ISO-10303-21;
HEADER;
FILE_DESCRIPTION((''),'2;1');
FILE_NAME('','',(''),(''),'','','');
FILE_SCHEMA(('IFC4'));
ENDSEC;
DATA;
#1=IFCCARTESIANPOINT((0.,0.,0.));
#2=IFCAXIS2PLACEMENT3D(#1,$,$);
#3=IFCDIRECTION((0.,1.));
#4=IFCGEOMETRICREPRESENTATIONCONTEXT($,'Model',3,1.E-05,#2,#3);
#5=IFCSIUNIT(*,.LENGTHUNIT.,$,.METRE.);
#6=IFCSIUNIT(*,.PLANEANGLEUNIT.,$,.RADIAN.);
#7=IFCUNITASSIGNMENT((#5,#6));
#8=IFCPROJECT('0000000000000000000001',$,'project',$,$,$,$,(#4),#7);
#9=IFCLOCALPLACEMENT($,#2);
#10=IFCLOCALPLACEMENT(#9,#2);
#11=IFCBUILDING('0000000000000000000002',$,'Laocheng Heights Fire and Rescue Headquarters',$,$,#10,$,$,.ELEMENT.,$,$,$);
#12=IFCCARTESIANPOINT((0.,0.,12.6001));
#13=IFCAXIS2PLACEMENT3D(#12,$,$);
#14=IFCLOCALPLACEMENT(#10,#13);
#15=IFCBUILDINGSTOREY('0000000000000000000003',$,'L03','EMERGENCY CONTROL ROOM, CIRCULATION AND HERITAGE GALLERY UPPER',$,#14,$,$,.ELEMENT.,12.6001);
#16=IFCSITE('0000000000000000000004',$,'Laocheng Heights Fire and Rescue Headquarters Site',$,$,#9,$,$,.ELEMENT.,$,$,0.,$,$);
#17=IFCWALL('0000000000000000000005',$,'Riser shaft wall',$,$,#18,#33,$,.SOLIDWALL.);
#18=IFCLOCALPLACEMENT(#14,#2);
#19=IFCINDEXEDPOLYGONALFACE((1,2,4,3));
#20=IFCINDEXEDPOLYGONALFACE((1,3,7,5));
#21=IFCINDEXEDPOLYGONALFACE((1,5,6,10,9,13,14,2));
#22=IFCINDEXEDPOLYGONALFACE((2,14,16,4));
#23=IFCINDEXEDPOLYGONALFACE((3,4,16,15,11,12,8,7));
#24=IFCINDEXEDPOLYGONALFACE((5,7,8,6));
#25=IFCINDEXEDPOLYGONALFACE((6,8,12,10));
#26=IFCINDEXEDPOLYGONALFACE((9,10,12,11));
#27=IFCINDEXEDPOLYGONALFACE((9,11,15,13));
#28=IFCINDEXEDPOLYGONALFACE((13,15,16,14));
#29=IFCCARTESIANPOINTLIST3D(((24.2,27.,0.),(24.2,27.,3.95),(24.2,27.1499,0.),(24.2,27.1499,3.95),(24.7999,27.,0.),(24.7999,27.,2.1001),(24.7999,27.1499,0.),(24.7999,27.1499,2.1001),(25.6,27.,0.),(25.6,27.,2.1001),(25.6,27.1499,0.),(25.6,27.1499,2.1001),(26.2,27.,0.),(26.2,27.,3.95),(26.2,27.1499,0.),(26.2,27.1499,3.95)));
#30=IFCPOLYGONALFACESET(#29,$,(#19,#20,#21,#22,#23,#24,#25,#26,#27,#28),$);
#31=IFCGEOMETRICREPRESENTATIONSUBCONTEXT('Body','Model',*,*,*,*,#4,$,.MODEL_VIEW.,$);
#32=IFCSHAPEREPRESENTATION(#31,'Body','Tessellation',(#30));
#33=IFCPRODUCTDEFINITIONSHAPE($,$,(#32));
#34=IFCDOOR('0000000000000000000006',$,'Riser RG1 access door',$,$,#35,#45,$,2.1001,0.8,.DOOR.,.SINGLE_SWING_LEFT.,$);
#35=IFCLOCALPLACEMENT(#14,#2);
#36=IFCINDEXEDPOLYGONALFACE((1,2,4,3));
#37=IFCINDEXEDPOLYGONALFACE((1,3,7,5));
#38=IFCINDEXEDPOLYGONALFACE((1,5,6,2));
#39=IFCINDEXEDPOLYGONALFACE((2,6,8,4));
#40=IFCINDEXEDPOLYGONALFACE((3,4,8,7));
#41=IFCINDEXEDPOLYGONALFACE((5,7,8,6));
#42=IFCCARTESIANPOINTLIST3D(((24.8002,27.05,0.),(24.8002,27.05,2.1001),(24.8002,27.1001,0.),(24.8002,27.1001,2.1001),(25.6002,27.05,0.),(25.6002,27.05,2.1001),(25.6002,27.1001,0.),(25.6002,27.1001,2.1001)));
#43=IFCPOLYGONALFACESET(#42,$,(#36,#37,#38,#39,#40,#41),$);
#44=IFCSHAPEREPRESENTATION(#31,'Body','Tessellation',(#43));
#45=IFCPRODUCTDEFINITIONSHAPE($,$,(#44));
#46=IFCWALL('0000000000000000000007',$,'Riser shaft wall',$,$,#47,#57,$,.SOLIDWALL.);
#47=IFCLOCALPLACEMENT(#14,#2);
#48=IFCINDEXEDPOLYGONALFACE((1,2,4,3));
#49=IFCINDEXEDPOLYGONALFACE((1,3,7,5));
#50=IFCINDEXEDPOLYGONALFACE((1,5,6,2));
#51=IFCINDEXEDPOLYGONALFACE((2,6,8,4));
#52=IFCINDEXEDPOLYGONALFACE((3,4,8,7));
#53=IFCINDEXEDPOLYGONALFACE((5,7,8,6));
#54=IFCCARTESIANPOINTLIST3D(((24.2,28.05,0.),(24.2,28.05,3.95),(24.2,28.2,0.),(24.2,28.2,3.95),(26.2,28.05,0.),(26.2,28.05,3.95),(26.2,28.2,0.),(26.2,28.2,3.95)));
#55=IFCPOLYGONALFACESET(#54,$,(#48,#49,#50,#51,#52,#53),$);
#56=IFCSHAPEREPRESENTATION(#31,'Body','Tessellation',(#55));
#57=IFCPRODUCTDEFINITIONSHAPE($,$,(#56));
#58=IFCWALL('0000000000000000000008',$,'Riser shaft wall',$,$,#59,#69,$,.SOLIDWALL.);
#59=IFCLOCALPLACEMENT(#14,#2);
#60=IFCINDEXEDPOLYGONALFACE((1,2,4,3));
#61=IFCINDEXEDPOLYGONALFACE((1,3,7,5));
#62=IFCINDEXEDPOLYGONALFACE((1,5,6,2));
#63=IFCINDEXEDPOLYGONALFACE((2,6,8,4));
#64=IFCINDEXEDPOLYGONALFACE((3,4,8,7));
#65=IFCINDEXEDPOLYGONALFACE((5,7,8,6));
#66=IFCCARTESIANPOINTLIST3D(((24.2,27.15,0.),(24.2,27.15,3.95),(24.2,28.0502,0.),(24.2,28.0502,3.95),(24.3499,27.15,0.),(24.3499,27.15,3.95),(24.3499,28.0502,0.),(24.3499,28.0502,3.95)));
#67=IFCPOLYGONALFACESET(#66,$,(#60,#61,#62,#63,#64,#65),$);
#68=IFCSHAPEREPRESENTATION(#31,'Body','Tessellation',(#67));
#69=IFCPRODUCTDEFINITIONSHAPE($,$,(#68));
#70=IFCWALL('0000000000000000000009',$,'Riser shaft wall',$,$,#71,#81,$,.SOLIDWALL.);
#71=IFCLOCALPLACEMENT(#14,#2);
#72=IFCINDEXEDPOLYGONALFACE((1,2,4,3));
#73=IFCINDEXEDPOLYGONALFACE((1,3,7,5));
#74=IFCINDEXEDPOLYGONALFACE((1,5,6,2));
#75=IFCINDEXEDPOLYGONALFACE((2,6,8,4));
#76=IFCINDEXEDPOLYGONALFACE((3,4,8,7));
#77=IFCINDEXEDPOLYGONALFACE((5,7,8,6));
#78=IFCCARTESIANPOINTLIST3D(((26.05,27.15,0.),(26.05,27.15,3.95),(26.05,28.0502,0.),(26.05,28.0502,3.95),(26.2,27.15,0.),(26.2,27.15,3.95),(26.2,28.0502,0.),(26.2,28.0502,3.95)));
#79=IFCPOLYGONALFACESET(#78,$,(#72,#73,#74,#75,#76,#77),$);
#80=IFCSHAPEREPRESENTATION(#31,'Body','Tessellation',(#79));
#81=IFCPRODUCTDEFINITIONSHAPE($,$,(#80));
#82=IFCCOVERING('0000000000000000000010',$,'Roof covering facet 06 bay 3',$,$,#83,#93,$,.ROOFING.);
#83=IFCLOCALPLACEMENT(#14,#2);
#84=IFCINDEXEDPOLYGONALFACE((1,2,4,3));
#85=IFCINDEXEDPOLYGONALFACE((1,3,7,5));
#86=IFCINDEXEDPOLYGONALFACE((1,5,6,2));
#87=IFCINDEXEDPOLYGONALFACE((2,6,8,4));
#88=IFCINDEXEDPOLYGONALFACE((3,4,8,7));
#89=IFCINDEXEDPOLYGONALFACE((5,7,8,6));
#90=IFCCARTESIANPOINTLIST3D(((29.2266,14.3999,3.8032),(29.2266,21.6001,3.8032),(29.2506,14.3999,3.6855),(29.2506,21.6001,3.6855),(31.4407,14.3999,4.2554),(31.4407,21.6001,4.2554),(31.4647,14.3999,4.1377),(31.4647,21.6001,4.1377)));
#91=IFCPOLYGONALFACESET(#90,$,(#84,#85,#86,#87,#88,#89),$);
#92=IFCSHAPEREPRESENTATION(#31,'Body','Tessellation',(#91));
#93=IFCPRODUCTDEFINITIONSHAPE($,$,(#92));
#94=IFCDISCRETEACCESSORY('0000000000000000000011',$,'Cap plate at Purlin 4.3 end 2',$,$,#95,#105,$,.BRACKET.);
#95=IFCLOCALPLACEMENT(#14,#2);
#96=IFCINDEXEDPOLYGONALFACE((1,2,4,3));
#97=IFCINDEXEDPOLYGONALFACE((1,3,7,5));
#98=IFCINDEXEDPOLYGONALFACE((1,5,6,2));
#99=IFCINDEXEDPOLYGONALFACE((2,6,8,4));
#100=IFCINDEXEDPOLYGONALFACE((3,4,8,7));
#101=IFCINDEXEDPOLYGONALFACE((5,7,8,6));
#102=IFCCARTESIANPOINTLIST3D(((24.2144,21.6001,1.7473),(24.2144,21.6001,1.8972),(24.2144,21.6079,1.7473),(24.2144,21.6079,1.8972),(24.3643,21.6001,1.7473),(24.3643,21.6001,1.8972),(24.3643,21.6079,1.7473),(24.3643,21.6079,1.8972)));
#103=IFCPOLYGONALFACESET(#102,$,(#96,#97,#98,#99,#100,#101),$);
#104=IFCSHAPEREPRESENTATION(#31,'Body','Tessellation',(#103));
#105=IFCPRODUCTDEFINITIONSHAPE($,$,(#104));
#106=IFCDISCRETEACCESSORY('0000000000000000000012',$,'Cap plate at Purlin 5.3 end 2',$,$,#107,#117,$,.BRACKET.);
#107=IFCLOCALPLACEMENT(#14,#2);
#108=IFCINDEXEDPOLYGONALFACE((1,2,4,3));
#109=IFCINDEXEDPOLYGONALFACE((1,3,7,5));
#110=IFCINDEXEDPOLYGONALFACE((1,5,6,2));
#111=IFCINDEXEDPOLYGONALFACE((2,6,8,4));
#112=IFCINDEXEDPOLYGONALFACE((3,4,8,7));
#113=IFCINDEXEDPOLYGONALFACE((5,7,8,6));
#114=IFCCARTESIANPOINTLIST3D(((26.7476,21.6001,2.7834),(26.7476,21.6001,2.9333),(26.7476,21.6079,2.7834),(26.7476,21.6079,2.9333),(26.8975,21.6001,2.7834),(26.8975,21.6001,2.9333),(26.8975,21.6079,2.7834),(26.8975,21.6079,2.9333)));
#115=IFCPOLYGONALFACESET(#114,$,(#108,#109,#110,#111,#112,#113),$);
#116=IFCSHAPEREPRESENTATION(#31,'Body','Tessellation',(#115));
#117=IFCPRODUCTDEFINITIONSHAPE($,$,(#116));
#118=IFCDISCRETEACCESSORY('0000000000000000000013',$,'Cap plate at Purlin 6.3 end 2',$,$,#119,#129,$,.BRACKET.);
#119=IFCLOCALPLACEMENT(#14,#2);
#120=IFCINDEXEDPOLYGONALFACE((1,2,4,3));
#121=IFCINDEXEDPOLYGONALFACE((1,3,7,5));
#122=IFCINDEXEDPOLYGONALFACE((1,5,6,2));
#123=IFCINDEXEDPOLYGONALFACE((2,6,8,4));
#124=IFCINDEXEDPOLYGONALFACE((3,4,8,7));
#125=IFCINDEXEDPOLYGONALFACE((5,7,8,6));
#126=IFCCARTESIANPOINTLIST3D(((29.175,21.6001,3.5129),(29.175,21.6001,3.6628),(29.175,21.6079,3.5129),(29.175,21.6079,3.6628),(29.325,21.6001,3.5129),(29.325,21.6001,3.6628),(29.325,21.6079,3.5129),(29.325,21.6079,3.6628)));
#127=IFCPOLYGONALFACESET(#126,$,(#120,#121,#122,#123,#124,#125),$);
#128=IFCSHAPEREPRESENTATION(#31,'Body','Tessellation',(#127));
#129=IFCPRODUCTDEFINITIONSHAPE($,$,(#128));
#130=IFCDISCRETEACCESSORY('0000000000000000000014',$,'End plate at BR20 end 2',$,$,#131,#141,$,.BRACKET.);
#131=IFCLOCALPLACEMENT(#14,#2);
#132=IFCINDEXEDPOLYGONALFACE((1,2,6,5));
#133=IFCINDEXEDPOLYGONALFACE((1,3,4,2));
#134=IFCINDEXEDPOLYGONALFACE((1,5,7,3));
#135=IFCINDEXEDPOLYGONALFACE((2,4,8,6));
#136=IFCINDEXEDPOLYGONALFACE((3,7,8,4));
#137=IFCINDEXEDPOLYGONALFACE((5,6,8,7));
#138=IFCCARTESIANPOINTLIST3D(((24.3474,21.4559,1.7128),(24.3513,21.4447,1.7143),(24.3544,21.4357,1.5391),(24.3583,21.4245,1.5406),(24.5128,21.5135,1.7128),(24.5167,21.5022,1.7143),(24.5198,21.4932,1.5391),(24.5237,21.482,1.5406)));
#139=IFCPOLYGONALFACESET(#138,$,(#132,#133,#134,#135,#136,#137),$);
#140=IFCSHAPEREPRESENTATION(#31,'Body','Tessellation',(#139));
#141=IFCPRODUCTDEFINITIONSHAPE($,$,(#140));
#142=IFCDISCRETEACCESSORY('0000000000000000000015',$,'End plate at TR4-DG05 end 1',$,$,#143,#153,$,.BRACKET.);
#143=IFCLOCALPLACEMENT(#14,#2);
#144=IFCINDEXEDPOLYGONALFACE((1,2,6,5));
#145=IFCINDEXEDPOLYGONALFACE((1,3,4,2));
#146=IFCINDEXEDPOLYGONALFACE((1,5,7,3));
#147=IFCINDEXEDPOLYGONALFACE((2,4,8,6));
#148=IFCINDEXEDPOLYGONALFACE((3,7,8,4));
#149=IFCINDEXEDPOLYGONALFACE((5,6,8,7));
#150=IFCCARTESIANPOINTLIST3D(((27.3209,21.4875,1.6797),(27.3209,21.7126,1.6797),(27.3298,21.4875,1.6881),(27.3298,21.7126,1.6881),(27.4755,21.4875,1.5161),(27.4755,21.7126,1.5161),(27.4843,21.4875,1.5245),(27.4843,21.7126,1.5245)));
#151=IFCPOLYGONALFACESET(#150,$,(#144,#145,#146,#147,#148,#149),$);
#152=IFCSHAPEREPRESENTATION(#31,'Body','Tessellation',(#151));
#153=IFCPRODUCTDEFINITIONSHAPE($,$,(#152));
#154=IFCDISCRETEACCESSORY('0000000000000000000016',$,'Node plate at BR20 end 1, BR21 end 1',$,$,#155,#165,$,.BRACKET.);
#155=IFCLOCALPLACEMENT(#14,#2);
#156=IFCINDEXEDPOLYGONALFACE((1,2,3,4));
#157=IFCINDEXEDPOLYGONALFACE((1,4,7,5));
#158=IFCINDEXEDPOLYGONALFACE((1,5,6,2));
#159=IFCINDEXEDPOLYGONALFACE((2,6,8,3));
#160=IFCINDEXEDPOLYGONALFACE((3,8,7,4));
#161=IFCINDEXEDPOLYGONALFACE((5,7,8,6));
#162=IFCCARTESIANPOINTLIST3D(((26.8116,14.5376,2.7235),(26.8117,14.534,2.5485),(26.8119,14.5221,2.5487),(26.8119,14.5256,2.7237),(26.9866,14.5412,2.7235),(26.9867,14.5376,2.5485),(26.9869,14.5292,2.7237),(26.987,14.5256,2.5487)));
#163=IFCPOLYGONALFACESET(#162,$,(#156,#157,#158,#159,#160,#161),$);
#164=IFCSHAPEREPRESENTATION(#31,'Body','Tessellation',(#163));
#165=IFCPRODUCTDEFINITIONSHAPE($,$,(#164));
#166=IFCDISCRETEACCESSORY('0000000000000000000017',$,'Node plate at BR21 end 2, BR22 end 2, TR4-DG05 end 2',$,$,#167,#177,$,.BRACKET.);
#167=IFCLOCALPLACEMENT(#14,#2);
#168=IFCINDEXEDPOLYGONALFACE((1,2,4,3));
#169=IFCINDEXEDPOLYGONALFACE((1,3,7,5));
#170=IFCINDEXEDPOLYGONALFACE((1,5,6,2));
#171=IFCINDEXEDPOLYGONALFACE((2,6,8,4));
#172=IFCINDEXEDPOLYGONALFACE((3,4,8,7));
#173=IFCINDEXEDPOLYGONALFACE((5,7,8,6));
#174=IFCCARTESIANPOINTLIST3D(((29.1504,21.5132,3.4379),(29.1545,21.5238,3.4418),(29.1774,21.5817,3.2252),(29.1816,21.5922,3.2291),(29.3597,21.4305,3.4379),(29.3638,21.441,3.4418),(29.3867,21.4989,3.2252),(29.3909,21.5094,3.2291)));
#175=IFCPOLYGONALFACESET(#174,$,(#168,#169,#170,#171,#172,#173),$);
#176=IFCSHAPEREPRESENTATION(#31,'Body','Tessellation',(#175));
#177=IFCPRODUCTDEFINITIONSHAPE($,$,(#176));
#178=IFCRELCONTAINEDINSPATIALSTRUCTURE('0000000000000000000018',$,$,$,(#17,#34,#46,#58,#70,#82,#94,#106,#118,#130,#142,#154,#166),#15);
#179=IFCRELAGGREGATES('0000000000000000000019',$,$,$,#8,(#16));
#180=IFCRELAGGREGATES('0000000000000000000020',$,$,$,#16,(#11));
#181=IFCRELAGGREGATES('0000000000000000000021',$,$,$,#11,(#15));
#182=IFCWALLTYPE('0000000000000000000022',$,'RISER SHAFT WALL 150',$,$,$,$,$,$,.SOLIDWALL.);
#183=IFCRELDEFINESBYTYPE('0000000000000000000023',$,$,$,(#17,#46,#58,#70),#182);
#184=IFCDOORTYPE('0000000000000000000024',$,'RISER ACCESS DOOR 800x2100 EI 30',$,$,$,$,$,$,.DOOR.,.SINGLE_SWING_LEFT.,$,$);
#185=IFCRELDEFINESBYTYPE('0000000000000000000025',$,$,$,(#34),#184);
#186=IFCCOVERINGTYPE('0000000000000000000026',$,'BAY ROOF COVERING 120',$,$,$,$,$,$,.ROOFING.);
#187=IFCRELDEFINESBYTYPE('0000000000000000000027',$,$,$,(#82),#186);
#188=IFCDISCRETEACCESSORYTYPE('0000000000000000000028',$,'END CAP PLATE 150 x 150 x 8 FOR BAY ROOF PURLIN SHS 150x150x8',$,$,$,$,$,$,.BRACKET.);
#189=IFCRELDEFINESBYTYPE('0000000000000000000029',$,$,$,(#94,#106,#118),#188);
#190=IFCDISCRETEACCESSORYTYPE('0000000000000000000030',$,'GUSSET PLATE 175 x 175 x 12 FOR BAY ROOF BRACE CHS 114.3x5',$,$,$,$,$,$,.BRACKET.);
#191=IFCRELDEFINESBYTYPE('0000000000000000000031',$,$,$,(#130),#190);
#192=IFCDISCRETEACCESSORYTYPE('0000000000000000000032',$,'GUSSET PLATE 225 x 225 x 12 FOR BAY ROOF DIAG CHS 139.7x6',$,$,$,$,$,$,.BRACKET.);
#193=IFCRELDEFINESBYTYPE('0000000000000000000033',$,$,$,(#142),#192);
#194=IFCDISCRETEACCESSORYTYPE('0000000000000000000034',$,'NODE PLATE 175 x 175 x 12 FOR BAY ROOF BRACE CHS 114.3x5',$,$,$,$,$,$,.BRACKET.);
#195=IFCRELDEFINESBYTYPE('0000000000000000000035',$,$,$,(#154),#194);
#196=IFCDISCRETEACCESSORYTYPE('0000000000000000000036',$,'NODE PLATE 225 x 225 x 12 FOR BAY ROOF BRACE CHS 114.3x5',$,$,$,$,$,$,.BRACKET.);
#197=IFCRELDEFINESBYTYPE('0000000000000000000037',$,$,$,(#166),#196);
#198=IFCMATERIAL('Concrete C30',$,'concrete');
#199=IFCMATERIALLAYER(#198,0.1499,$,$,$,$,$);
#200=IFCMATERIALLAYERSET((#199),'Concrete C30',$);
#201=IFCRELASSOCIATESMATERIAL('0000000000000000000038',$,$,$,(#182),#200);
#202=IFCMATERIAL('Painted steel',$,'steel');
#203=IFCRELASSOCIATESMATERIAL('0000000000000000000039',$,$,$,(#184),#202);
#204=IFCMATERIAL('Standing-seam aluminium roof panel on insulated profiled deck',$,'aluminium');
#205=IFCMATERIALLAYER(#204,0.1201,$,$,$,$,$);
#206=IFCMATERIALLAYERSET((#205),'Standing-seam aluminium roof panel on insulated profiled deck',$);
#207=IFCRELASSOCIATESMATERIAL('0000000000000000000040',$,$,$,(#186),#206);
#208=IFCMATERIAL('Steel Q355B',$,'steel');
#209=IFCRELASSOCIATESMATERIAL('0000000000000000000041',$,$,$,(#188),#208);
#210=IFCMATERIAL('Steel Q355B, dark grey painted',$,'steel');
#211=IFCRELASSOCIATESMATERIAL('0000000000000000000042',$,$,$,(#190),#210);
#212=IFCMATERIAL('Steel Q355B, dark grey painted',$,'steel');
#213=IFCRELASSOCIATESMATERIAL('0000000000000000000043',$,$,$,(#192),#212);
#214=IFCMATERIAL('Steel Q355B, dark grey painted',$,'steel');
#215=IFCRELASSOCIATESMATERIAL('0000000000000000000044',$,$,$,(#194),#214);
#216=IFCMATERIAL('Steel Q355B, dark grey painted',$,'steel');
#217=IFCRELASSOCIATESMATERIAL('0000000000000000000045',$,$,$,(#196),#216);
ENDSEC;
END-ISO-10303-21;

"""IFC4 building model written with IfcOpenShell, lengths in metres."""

from ifc_helpers import new_model, si_unit, direction, frame, frame_2d, origin, origin_2d, place, context, subcontext, project, spatial, polyline, rectangle, outline, extrude, material, layer, layer_set, material_profile, profile_set, type_object, element, fill, save


model = new_model("IFC4")

# Units and contexts
model_context = context("Model", 3, precision=1e-05, world=origin(), true_north=direction((0.0, 1.0)))
body_context = subcontext(model_context, "Body", "Model", "MODEL_VIEW")
ifc_project = project(units=[si_unit("LENGTHUNIT", "METRE"), si_unit("PLANEANGLEUNIT", "RADIAN")], contexts=[model_context])

# Site, building, storey
site_placement = place(None, origin())
site = spatial("IfcSite", under=ifc_project, at=site_placement, Name="Laocheng Heights Fire and Rescue Headquarters Site", CompositionType="ELEMENT", RefElevation=0.0)
building_placement = place(site_placement, origin())
building = spatial("IfcBuilding", under=site, at=building_placement, Name="Laocheng Heights Fire and Rescue Headquarters", CompositionType="ELEMENT")
storey_placement = place(building_placement, frame((0.0, 0.0, 12.6001)))
storey = spatial("IfcBuildingStorey", under=building, at=storey_placement, Name="L03", Description="EMERGENCY CONTROL ROOM, CIRCULATION AND HERITAGE GALLERY UPPER", CompositionType="ELEMENT", Elevation=12.6001)

# Wall, opening, door
ifc_material_1 = material(Name="Concrete C30", Category="concrete")
ifc_layer_1 = layer(ifc_material_1, 0.1499)
ifc_layer_set_1 = layer_set([ifc_layer_1], Name="Concrete C30")
wall_type_1 = type_object("IfcWallType", Name="RISER SHAFT WALL 150", PredefinedType="SOLIDWALL", material=ifc_layer_set_1)
wall_1_placement = place(storey_placement, frame((24.2, 27.075, 0.0), z_axis=(0.0, 0.0, 1.0), x_axis=(1.0, 0.0, 0.0)))
wall_1 = element("IfcWall", 1, at=wall_1_placement, inside=storey, type_object=wall_type_1, Name="Riser shaft wall", PredefinedType="SOLIDWALL", context=body_context, shape_type="SweptSolid", body=[
    extrude(rectangle(XDim=2.0, YDim=0.1499, at=frame_2d((1.0, 0.0))), origin(), (0.0, 0.0, 1.0), 3.95),
])
opening_1_placement = place(wall_1_placement, frame((0.6001, 0.0, 0.0)))
opening_1 = element("IfcOpeningElement", 2, at=opening_1_placement, cuts=wall_1, PredefinedType="OPENING", context=body_context, shape_type="SweptSolid", body=[
    extrude(rectangle(XDim=0.8, YDim=2.1001, at=frame_2d((0.3999, 1.05))), frame((0.0, 0.085, 0.0), z_axis=(0.0, -1.0, 0.0), x_axis=(1.0, 0.0, 0.0)), (0.0, 0.0, 1.0), 0.1699),
])
ifc_material_2 = material(Name="Painted steel", Category="steel")
door_type_1 = type_object("IfcDoorType", Name="RISER ACCESS DOOR 800x2100 EI 30", OperationType="SINGLE_SWING_LEFT", PredefinedType="DOOR", material=ifc_material_2)
door_1_placement = place(opening_1_placement, frame((0.8, 0.0, 0.0), z_axis=(0.0, 0.0, 1.0), x_axis=(-1.0, 0.0, 0.0)))
door_1 = element("IfcDoor", 3, at=door_1_placement, inside=storey, type_object=door_type_1, Name="Riser RG1 access door", OperationType="SINGLE_SWING_LEFT", OverallHeight=2.1001, OverallWidth=0.8, PredefinedType="DOOR", context=body_context, shape_type="SweptSolid", body=[
    extrude(rectangle(XDim=0.8, YDim=2.1001, at=frame_2d((0.3999, 1.05))), frame((0.0, 0.0249, 0.0), z_axis=(0.0, -1.0, 0.0), x_axis=(1.0, 0.0, 0.0)), (0.0, 0.0, 1.0), 0.05),
])
fill(opening_1, door_1)

# Walls
wall_2_placement = place(storey_placement, frame((24.2, 28.125, 0.0), z_axis=(0.0, 0.0, 1.0), x_axis=(1.0, 0.0, 0.0)))
element("IfcWall", 4, at=wall_2_placement, inside=storey, type_object=wall_type_1, Name="Riser shaft wall", PredefinedType="SOLIDWALL", context=body_context, shape_type="SweptSolid", body=[
    extrude(rectangle(XDim=2.0, YDim=0.1499, at=frame_2d((1.0, 0.0))), origin(), (0.0, 0.0, 1.0), 3.95),
])
for number, where, z_axis, x_axis, name in (
    (5, (24.2749, 27.1499, 0.0), (0.0, 0.0, 1.0), (0.0, 1.0, 0.0), "Riser shaft wall"),
    (6, (26.125, 27.1499, 0.0), (0.0, 0.0, 1.0), (0.0, 1.0, 0.0), "Riser shaft wall"),
):
    element("IfcWall", number, at=place(storey_placement, frame(where, z_axis=z_axis, x_axis=x_axis)), inside=storey, type_object=wall_type_1, Name=name, PredefinedType="SOLIDWALL", context=body_context, shape_type="SweptSolid", body=[
        extrude(rectangle(XDim=0.9001, YDim=0.1499, at=frame_2d((0.4502, 0.0))), origin(), (0.0, 0.0, 1.0), 3.95),
    ])

# Covering
ifc_material_3 = material(Name="Standing-seam aluminium roof panel on insulated profiled deck", Category="aluminium")
ifc_layer_2 = layer(ifc_material_3, 0.1201)
ifc_layer_set_2 = layer_set([ifc_layer_2], Name="Standing-seam aluminium roof panel on insulated profiled deck")
covering_type = type_object("IfcCoveringType", Name="BAY ROOF COVERING 120", PredefinedType="ROOFING", material=ifc_layer_set_2)
covering_placement = place(storey_placement, frame((29.2266, 14.3999, 3.8032), z_axis=(-0.200083, 0.0, 0.979779), x_axis=(0.979779, 0.0, 0.200083)))
element("IfcCovering", 7, at=covering_placement, inside=storey, type_object=covering_type, Name="Roof covering facet 06 bay 3", PredefinedType="ROOFING", context=body_context, shape_type="SweptSolid", body=[
    extrude(outline(polyline([(0.0, 0.0), (2.2598, 0.0), (2.2598, 7.2002), (0.0, 7.2002), (0.0, 0.0)])), origin(), (0.0, 0.0, -1.0), 0.1201),
])

# Discrete accessories
ifc_material_4 = material(Name="Steel Q355B", Category="steel")
ifc_material_profile_1 = material_profile(ifc_material_4, rectangle(XDim=0.1499, YDim=0.1499, at=origin_2d()), Name="END CAP PLATE 150 x 150 x 8 FOR BAY ROOF PURLIN SHS 150x150x8")
ifc_profile_set_1 = profile_set([ifc_material_profile_1], Name="Steel Q355B")
discrete_accessory_type_1 = type_object("IfcDiscreteAccessoryType", Name="END CAP PLATE 150 x 150 x 8 FOR BAY ROOF PURLIN SHS 150x150x8", PredefinedType="BRACKET", material=ifc_profile_set_1)
for number, where, z_axis, x_axis, name in (
    (8, (24.2893, 21.6001, 1.8223), (0.0, 1.0, 0.0), (-1.0, 0.0, 0.0), "Cap plate at Purlin 4.3 end 2"),
    (9, (26.8225, 21.6001, 2.8584), (0.0, 1.0, 0.0), (-1.0, 0.0, 0.0), "Cap plate at Purlin 5.3 end 2"),
    (10, (29.25, 21.6001, 3.5879), (0.0, 1.0, 0.0), (-1.0, 0.0, 0.0), "Cap plate at Purlin 6.3 end 2"),
):
    element("IfcDiscreteAccessory", number, at=place(storey_placement, frame(where, z_axis=z_axis, x_axis=x_axis)), inside=storey, type_object=discrete_accessory_type_1, Name=name, PredefinedType="BRACKET", context=body_context, shape_type="SweptSolid", body=[
        extrude(rectangle(XDim=0.1499, YDim=0.1499, at=origin_2d()), origin(), (0.0, 0.0, 1.0), 0.0078),
    ])
ifc_material_5 = material(Name="Steel Q355B, dark grey painted", Category="steel")
ifc_material_profile_2 = material_profile(ifc_material_5, rectangle(XDim=0.175, YDim=0.175, at=origin_2d()), Name="GUSSET PLATE 175 x 175 x 12 FOR BAY ROOF BRACE CHS 114.3x5")
ifc_profile_set_2 = profile_set([ifc_material_profile_2], Name="Steel Q355B, dark grey painted")
discrete_accessory_type_2 = type_object("IfcDiscreteAccessoryType", Name="GUSSET PLATE 175 x 175 x 12 FOR BAY ROOF BRACE CHS 114.3x5", PredefinedType="BRACKET", material=ifc_profile_set_2)
discrete_accessory_1_placement = place(storey_placement, frame((24.4375, 21.4634, 1.6274), z_axis=(-0.326056, 0.93741, -0.122271), x_axis=(-0.944497, -0.328521, 0.0)))
element("IfcDiscreteAccessory", 11, at=discrete_accessory_1_placement, inside=storey, type_object=discrete_accessory_type_2, Name="End plate at BR20 end 2", PredefinedType="BRACKET", context=body_context, shape_type="SweptSolid", body=[
    extrude(rectangle(XDim=0.175, YDim=0.175, at=origin_2d()), origin(), (0.0, 0.0, 1.0), 0.012),
])
ifc_material_6 = material(Name="Steel Q355B, dark grey painted", Category="steel")
ifc_material_profile_3 = material_profile(ifc_material_6, rectangle(XDim=0.2251, YDim=0.2251, at=origin_2d()), Name="GUSSET PLATE 225 x 225 x 12 FOR BAY ROOF DIAG CHS 139.7x6")
ifc_profile_set_3 = profile_set([ifc_material_profile_3], Name="Steel Q355B, dark grey painted")
discrete_accessory_type_3 = type_object("IfcDiscreteAccessoryType", Name="GUSSET PLATE 225 x 225 x 12 FOR BAY ROOF DIAG CHS 139.7x6", PredefinedType="BRACKET", material=ifc_profile_set_3)
discrete_accessory_2_placement = place(storey_placement, frame((27.3982, 21.6001, 1.5979), z_axis=(0.727013, 0.0, 0.686624), x_axis=(0.0, 1.0, 0.0)))
element("IfcDiscreteAccessory", 12, at=discrete_accessory_2_placement, inside=storey, type_object=discrete_accessory_type_3, Name="End plate at TR4-DG05 end 1", PredefinedType="BRACKET", context=body_context, shape_type="SweptSolid", body=[
    extrude(rectangle(XDim=0.2251, YDim=0.2251, at=origin_2d()), origin(), (0.0, 0.0, 1.0), 0.0122),
])
ifc_material_7 = material(Name="Steel Q355B, dark grey painted", Category="steel")
ifc_material_profile_4 = material_profile(ifc_material_7, rectangle(XDim=0.175, YDim=0.175, at=origin_2d()), Name="NODE PLATE 175 x 175 x 12 FOR BAY ROOF BRACE CHS 114.3x5")
ifc_profile_set_4 = profile_set([ifc_material_profile_4], Name="Steel Q355B, dark grey painted")
discrete_accessory_type_4 = type_object("IfcDiscreteAccessoryType", Name="NODE PLATE 175 x 175 x 12 FOR BAY ROOF BRACE CHS 114.3x5", PredefinedType="BRACKET", material=ifc_profile_set_4)
discrete_accessory_3_placement = place(storey_placement, frame((26.8994, 14.5256, 2.6362), z_axis=(-0.0204, 0.999584, -0.0204), x_axis=(-0.999792, -0.020404, 0.0)))
element("IfcDiscreteAccessory", 13, at=discrete_accessory_3_placement, inside=storey, type_object=discrete_accessory_type_4, Name="Node plate at BR20 end 1, BR21 end 1", PredefinedType="BRACKET", context=body_context, shape_type="SweptSolid", body=[
    extrude(rectangle(XDim=0.175, YDim=0.175, at=origin_2d()), origin(), (0.0, 0.0, 1.0), 0.012),
])
ifc_material_8 = material(Name="Steel Q355B, dark grey painted", Category="steel")
ifc_material_profile_5 = material_profile(ifc_material_8, rectangle(XDim=0.2251, YDim=0.2251, at=origin_2d()), Name="NODE PLATE 225 x 225 x 12 FOR BAY ROOF BRACE CHS 114.3x5")
ifc_profile_set_5 = profile_set([ifc_material_profile_5], Name="Steel Q355B, dark grey painted")
discrete_accessory_type_5 = type_object("IfcDiscreteAccessoryType", Name="NODE PLATE 225 x 225 x 12 FOR BAY ROOF BRACE CHS 114.3x5", PredefinedType="BRACKET", material=ifc_profile_set_5)
discrete_accessory_4_placement = place(storey_placement, frame((29.2727, 21.5166, 3.3354), z_axis=(-0.347446, -0.878833, -0.327008), x_axis=(0.929961, -0.367659, 0.0)))
element("IfcDiscreteAccessory", 14, at=discrete_accessory_4_placement, inside=storey, type_object=discrete_accessory_type_5, Name="Node plate at BR21 end 2, BR22 end 2, TR4-DG05 end 2", PredefinedType="BRACKET", context=body_context, shape_type="SweptSolid", body=[
    extrude(rectangle(XDim=0.2251, YDim=0.2251, at=origin_2d()), origin(), (0.0, 0.0, 1.0), 0.012),
])

save(model, "model.ifc")
